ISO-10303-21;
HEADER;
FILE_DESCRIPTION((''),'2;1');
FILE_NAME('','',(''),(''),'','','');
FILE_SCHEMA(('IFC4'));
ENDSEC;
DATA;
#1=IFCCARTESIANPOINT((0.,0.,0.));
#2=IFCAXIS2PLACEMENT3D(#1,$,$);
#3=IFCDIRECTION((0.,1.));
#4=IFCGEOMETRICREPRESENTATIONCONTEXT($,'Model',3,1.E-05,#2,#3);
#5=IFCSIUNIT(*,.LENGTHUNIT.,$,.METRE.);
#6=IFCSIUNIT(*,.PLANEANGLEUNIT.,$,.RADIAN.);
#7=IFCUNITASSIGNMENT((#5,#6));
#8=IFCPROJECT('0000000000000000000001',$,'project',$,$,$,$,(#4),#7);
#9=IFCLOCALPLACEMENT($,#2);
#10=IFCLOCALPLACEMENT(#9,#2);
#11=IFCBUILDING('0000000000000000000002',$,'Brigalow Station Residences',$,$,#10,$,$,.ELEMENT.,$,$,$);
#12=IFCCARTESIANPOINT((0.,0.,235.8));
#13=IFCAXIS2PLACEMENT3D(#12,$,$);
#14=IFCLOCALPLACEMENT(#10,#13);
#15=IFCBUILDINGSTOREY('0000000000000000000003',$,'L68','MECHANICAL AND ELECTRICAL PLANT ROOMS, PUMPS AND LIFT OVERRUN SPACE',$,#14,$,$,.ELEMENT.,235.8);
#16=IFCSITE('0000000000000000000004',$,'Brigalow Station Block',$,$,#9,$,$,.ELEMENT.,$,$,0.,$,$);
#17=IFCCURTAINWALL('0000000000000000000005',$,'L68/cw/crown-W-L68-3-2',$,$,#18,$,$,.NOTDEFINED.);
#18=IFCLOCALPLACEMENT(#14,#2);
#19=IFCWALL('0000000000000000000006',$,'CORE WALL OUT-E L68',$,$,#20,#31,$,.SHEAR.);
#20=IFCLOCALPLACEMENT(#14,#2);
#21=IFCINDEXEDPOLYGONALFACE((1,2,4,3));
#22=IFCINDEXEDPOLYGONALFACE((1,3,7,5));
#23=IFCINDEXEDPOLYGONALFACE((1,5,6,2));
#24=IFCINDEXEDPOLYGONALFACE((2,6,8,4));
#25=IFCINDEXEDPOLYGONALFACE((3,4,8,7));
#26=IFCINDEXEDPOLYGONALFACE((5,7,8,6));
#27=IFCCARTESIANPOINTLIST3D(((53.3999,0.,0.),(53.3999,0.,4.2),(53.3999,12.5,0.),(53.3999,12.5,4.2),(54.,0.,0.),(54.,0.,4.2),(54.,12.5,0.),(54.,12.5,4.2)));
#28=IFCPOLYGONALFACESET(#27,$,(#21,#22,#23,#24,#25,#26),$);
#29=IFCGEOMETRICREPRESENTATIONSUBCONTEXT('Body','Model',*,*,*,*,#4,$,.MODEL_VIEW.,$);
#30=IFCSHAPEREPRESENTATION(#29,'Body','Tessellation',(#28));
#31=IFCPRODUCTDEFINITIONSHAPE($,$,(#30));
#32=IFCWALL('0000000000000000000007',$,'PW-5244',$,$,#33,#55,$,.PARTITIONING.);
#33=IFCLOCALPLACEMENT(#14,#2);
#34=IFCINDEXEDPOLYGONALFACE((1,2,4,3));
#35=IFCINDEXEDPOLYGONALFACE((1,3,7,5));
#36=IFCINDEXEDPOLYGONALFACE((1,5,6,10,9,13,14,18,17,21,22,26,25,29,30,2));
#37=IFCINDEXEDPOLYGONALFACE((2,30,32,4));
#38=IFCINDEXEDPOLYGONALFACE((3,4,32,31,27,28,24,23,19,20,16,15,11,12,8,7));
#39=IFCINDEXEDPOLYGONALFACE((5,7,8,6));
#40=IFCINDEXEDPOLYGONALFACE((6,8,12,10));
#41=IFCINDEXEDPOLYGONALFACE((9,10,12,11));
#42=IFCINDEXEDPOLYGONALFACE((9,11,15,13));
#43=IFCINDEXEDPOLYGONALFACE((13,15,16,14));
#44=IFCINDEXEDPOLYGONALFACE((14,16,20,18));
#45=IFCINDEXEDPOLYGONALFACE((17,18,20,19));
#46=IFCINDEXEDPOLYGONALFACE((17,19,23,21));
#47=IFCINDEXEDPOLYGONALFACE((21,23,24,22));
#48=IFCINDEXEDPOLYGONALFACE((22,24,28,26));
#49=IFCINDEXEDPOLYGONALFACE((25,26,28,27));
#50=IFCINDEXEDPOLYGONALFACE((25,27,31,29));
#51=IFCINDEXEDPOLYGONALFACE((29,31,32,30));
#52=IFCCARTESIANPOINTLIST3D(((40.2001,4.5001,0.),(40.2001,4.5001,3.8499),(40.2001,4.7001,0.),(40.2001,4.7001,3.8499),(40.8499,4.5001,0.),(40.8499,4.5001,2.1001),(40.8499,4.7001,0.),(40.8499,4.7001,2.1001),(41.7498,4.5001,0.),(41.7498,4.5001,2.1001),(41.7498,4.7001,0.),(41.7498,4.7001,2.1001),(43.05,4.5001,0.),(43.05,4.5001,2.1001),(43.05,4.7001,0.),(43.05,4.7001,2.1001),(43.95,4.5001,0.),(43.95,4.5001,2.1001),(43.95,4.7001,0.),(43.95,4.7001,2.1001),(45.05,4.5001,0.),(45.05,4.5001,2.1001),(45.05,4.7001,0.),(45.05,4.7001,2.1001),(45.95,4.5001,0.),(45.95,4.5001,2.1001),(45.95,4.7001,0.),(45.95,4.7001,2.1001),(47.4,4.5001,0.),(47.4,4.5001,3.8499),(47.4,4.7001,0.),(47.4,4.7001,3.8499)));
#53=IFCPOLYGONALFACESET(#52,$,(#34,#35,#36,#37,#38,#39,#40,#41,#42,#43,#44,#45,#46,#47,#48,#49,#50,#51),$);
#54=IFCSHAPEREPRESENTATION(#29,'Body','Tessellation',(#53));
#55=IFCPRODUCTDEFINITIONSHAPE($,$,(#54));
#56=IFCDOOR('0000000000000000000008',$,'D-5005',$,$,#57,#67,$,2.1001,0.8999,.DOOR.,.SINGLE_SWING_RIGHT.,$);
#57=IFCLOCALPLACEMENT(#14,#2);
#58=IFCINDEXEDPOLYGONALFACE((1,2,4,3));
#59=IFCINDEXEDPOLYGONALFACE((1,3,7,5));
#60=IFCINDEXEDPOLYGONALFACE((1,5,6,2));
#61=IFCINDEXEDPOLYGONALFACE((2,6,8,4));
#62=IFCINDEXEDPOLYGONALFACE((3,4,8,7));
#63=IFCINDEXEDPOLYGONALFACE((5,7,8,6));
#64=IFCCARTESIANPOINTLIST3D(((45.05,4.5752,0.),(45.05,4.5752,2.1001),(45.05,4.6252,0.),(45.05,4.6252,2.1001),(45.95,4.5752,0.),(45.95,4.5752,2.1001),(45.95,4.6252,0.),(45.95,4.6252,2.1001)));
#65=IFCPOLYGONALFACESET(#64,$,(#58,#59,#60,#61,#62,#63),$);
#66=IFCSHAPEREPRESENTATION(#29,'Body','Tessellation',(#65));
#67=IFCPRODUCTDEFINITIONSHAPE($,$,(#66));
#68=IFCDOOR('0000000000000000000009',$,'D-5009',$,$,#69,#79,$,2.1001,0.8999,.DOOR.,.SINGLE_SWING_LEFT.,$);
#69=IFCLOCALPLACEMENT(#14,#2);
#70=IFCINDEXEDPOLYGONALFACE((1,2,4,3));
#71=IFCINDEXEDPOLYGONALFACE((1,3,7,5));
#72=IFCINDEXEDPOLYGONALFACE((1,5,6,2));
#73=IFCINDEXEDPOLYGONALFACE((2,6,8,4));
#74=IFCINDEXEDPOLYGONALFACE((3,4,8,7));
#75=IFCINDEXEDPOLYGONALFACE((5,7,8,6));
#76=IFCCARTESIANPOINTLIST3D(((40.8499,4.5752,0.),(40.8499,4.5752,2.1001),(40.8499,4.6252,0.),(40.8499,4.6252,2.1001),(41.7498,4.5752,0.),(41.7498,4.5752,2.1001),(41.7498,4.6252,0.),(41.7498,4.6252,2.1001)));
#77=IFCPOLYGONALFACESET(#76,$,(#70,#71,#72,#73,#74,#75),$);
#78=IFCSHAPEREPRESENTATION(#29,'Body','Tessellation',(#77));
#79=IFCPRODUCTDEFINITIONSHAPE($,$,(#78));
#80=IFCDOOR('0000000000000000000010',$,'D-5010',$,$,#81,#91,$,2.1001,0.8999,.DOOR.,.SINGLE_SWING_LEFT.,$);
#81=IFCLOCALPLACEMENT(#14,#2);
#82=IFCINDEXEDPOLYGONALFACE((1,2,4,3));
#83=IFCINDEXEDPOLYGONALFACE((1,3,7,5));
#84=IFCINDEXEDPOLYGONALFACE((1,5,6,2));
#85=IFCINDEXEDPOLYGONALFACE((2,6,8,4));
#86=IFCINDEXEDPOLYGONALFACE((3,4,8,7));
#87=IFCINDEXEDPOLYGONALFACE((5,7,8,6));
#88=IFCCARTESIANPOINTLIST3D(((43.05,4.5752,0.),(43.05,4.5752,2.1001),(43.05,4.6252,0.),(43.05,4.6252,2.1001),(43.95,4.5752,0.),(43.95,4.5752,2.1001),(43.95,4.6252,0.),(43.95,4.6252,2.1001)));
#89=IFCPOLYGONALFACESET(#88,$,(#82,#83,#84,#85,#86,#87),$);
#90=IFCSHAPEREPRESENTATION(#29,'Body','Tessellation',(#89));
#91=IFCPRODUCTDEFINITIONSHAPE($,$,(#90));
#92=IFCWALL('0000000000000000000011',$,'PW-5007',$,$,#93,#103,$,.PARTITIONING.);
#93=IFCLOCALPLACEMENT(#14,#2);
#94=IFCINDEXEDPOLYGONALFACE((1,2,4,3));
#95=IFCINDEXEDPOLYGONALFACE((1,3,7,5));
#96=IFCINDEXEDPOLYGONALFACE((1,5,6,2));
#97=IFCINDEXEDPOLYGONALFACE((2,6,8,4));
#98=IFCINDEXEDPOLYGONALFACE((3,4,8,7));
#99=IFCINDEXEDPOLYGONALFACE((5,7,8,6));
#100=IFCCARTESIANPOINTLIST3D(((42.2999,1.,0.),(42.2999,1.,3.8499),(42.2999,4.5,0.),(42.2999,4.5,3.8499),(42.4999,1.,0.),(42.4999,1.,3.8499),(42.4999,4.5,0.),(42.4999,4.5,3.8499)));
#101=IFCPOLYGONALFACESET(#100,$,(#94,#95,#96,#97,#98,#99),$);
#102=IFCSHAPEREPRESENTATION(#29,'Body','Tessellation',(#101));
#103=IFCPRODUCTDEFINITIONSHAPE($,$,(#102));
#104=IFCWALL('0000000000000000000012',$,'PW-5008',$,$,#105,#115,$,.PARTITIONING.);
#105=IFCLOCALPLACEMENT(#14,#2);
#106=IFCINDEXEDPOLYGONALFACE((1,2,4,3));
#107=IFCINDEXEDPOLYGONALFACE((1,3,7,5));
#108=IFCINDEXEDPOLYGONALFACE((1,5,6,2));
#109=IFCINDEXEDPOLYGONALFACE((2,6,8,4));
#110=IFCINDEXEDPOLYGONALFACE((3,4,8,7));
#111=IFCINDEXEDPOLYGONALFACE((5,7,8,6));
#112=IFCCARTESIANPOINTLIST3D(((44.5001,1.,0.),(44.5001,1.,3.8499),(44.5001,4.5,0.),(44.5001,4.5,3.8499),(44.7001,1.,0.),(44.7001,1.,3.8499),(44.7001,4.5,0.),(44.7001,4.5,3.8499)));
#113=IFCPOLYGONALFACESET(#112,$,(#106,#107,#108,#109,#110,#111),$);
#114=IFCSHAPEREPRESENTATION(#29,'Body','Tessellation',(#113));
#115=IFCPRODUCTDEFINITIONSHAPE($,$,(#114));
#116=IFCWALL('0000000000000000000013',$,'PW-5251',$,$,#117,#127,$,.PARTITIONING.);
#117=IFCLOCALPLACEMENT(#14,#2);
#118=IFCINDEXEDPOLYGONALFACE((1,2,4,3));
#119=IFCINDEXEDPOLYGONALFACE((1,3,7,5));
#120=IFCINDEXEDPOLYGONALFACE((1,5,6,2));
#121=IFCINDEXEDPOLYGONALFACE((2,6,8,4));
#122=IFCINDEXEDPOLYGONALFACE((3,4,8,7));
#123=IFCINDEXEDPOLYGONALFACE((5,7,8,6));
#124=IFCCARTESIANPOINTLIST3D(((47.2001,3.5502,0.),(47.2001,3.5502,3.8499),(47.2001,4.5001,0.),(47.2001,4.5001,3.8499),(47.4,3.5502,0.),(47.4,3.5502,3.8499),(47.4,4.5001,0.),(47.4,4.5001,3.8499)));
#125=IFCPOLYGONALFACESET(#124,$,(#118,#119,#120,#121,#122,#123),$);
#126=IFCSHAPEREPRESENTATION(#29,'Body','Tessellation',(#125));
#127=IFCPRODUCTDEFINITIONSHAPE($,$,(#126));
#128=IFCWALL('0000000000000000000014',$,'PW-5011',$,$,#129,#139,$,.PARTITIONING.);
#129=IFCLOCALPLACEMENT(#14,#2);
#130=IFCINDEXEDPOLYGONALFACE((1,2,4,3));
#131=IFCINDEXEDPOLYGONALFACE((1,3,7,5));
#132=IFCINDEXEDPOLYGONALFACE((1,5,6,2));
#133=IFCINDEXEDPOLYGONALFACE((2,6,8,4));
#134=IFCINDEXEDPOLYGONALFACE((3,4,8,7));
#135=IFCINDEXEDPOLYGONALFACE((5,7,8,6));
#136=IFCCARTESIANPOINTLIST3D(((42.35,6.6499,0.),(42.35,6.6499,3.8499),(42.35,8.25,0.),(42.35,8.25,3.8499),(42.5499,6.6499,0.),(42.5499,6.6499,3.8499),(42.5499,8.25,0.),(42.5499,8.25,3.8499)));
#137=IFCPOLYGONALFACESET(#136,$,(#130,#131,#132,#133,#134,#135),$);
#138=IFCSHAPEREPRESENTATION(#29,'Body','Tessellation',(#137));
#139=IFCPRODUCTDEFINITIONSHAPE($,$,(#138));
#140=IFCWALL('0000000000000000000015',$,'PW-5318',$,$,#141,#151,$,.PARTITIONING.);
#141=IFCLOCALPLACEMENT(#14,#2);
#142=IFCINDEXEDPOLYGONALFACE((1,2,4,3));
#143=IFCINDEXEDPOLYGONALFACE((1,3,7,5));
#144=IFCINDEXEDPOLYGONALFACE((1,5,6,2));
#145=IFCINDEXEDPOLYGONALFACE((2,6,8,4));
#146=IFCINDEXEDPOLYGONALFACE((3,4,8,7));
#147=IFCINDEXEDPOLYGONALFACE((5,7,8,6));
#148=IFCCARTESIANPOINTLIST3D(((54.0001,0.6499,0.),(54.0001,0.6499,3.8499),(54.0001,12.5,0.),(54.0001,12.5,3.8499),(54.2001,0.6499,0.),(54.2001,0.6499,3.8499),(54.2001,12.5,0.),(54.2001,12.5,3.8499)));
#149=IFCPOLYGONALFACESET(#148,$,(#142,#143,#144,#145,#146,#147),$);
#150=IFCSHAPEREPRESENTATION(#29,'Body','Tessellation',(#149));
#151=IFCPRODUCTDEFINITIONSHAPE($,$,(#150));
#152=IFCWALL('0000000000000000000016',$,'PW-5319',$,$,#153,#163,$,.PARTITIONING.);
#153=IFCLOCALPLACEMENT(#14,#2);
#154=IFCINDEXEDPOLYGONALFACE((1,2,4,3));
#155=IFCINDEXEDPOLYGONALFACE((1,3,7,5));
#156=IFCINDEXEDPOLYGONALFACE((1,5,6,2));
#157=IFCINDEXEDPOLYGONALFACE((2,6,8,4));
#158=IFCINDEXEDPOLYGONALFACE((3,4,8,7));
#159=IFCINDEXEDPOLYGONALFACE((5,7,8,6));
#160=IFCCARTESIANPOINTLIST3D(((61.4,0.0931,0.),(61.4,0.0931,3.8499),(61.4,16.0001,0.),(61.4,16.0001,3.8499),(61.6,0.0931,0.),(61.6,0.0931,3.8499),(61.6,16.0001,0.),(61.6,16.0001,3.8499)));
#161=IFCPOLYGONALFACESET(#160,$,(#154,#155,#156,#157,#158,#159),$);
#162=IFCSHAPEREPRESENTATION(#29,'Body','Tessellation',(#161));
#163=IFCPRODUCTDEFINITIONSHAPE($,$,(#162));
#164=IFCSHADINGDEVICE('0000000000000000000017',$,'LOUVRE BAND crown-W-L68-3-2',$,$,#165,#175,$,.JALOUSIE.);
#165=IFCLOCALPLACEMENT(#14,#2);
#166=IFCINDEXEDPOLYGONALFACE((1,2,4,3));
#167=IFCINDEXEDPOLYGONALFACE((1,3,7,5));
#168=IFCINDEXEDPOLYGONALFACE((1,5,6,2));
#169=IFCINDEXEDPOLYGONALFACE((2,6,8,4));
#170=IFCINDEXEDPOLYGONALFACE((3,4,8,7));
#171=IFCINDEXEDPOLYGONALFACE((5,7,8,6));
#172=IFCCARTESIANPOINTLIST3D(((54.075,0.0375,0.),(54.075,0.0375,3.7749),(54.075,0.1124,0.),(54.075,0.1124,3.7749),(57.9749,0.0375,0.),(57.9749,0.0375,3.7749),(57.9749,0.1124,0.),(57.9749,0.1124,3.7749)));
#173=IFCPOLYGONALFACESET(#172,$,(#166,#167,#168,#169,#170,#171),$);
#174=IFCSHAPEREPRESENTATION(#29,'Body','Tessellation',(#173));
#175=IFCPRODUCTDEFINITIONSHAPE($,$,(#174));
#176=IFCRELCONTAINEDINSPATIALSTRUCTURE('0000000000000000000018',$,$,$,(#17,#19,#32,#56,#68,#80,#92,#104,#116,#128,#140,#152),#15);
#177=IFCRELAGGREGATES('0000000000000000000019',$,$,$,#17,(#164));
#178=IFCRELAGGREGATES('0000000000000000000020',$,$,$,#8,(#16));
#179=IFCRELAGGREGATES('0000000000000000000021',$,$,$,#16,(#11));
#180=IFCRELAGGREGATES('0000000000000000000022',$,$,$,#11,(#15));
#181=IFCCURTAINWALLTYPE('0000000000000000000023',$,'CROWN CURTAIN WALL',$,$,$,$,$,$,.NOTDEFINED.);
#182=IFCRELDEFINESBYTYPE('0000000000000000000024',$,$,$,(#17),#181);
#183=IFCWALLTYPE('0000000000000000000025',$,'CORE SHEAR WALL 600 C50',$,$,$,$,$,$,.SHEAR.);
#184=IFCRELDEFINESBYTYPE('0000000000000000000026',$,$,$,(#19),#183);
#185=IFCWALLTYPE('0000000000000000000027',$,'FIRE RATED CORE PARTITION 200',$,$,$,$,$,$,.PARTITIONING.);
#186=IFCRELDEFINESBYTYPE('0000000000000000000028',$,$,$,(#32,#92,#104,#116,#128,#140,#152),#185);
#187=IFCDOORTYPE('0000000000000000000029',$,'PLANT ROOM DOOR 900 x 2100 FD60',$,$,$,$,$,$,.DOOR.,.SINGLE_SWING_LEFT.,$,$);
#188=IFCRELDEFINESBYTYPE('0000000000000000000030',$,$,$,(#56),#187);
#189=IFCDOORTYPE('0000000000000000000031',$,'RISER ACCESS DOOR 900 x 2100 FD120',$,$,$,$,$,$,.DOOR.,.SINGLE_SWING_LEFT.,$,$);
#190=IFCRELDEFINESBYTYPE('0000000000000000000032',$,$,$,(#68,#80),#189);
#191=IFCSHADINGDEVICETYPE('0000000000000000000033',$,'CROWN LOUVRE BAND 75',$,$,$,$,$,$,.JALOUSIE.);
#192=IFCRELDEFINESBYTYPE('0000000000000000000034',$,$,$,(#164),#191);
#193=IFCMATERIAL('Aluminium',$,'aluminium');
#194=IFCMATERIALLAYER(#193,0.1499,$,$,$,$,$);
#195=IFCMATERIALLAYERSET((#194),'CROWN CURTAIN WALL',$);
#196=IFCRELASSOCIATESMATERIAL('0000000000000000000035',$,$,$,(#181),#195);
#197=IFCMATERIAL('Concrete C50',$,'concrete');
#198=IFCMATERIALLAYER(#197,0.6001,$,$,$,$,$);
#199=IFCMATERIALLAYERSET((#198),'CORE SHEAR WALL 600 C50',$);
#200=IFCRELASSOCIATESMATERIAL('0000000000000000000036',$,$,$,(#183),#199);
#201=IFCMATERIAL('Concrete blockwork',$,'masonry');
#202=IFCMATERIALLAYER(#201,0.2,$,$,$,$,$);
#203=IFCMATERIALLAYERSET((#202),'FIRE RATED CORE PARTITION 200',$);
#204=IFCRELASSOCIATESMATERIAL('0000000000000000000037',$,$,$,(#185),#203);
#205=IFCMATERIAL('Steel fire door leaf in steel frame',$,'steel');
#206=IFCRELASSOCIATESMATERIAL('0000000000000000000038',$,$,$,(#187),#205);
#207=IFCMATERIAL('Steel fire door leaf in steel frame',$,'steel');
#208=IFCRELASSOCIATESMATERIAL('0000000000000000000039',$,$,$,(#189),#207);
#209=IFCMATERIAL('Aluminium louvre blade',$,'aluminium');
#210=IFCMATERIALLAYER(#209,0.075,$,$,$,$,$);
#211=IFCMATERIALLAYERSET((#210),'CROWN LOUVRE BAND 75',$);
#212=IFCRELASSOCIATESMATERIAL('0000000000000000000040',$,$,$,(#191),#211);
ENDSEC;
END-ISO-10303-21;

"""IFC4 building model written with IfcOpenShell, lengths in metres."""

from ifc_helpers import new_model, si_unit, direction, frame, frame_2d, origin, origin_2d, place, context, subcontext, project, spatial, rectangle, extrude, material, layer, layer_set, type_object, element, fill, aggregate, save


model = new_model("IFC4")

# Units and contexts
model_context = context("Model", 3, precision=1e-05, world=origin(), true_north=direction((0.0, 1.0)))
body_context = subcontext(model_context, "Body", "Model", "MODEL_VIEW")
ifc_project = project(units=[si_unit("LENGTHUNIT", "METRE"), si_unit("PLANEANGLEUNIT", "RADIAN")], contexts=[model_context])

# Site, building, storey
site_placement = place(None, origin())
site = spatial("IfcSite", under=ifc_project, at=site_placement, Name="Brigalow Station Block", CompositionType="ELEMENT", RefElevation=0.0)
building_placement = place(site_placement, origin())
building = spatial("IfcBuilding", under=site, at=building_placement, Name="Brigalow Station Residences", CompositionType="ELEMENT")
storey_placement = place(building_placement, frame((0.0, 0.0, 235.8)))
storey = spatial("IfcBuildingStorey", under=building, at=storey_placement, Name="L68", Description="MECHANICAL AND ELECTRICAL PLANT ROOMS, PUMPS AND LIFT OVERRUN SPACE", CompositionType="ELEMENT", Elevation=235.8)

# Curtain wall
ifc_material_1 = material(Name="Aluminium", Category="aluminium")
ifc_layer_1 = layer(ifc_material_1, 0.1499)
ifc_layer_set_1 = layer_set([ifc_layer_1], Name="CROWN CURTAIN WALL")
curtain_wall_type = type_object("IfcCurtainWallType", Name="CROWN CURTAIN WALL", PredefinedType="NOTDEFINED", material=ifc_layer_set_1)
curtain_wall_1_placement = place(storey_placement, origin())
curtain_wall_1 = element("IfcCurtainWall", 1, at=curtain_wall_1_placement, inside=storey, type_object=curtain_wall_type, Name="L68/cw/crown-W-L68-3-2", PredefinedType="NOTDEFINED")

# Wall
ifc_material_2 = material(Name="Concrete C50", Category="concrete")
ifc_layer_2 = layer(ifc_material_2, 0.6001)
ifc_layer_set_2 = layer_set([ifc_layer_2], Name="CORE SHEAR WALL 600 C50")
wall_type_1 = type_object("IfcWallType", Name="CORE SHEAR WALL 600 C50", PredefinedType="SHEAR", material=ifc_layer_set_2)
wall_1_placement = place(storey_placement, frame((53.7, 0.0, 0.0), z_axis=(0.0, 0.0, 1.0), x_axis=(0.0, 1.0, 0.0)))
element("IfcWall", 2, at=wall_1_placement, inside=storey, type_object=wall_type_1, Name="CORE WALL OUT-E L68", PredefinedType="SHEAR", context=body_context, shape_type="SweptSolid", body=[
    extrude(rectangle(XDim=12.5, YDim=0.6001, at=frame_2d((6.25, 0.0))), origin(), (0.0, 0.0, 1.0), 4.2),
])

# Wall, openings, doors
ifc_material_3 = material(Name="Concrete blockwork", Category="masonry")
ifc_layer_3 = layer(ifc_material_3, 0.2)
ifc_layer_set_3 = layer_set([ifc_layer_3], Name="FIRE RATED CORE PARTITION 200")
wall_type_2 = type_object("IfcWallType", Name="FIRE RATED CORE PARTITION 200", PredefinedType="PARTITIONING", material=ifc_layer_set_3)
wall_2_placement = place(storey_placement, frame((40.2, 4.6001, 0.0), z_axis=(0.0, 0.0, 1.0), x_axis=(1.0, 0.0, 0.0)))
wall_2 = element("IfcWall", 3, at=wall_2_placement, inside=storey, type_object=wall_type_2, Name="PW-5244", PredefinedType="PARTITIONING", context=body_context, shape_type="SweptSolid", body=[
    extrude(rectangle(XDim=7.2, YDim=0.2, at=frame_2d((3.6001, 0.0))), origin(), (0.0, 0.0, 1.0), 3.8499),
])
opening_1_placement = place(wall_2_placement, frame((4.8501, 0.0, 0.0)))
opening_1 = element("IfcOpeningElement", 4, at=opening_1_placement, cuts=wall_2, PredefinedType="OPENING", context=body_context, shape_type="SweptSolid", body=[
    extrude(rectangle(XDim=0.8999, YDim=2.1001, at=frame_2d((0.45, 1.05))), frame((0.0, 0.1099, 0.0), z_axis=(0.0, -1.0, 0.0), x_axis=(1.0, 0.0, 0.0)), (0.0, 0.0, 1.0), 0.22),
])
opening_2_placement = place(wall_2_placement, frame((0.6499, 0.0, 0.0)))
opening_2 = element("IfcOpeningElement", 5, at=opening_2_placement, cuts=wall_2, PredefinedType="OPENING", context=body_context, shape_type="SweptSolid", body=[
    extrude(rectangle(XDim=0.8999, YDim=2.1001, at=frame_2d((0.45, 1.05))), frame((0.0, 0.1099, 0.0), z_axis=(0.0, -1.0, 0.0), x_axis=(1.0, 0.0, 0.0)), (0.0, 0.0, 1.0), 0.22),
])
opening_3_placement = place(wall_2_placement, frame((2.8501, 0.0, 0.0)))
opening_3 = element("IfcOpeningElement", 6, at=opening_3_placement, cuts=wall_2, PredefinedType="OPENING", context=body_context, shape_type="SweptSolid", body=[
    extrude(rectangle(XDim=0.8999, YDim=2.1001, at=frame_2d((0.45, 1.05))), frame((0.0, 0.1099, 0.0), z_axis=(0.0, -1.0, 0.0), x_axis=(1.0, 0.0, 0.0)), (0.0, 0.0, 1.0), 0.22),
])
ifc_material_4 = material(Name="Steel fire door leaf in steel frame", Category="steel")
door_type_1 = type_object("IfcDoorType", Name="PLANT ROOM DOOR 900 x 2100 FD60", OperationType="SINGLE_SWING_LEFT", PredefinedType="DOOR", material=ifc_material_4)
door_1_placement = place(opening_1_placement, frame((0.8999, 0.0, 0.0), z_axis=(0.0, 0.0, 1.0), x_axis=(-1.0, 0.0, 0.0)))
door_1 = element("IfcDoor", 7, at=door_1_placement, inside=storey, type_object=door_type_1, Name="D-5005", OperationType="SINGLE_SWING_RIGHT", OverallHeight=2.1001, OverallWidth=0.8999, PredefinedType="DOOR", context=body_context, shape_type="SweptSolid", body=[
    extrude(rectangle(XDim=0.8999, YDim=2.1001, at=frame_2d((0.45, 1.05))), frame((0.0, 0.0249, 0.0), z_axis=(0.0, -1.0, 0.0), x_axis=(1.0, 0.0, 0.0)), (0.0, 0.0, 1.0), 0.05),
])
fill(opening_1, door_1)
ifc_material_5 = material(Name="Steel fire door leaf in steel frame", Category="steel")
door_type_2 = type_object("IfcDoorType", Name="RISER ACCESS DOOR 900 x 2100 FD120", OperationType="SINGLE_SWING_LEFT", PredefinedType="DOOR", material=ifc_material_5)
door_2_placement = place(opening_2_placement, frame((0.8999, 0.0, 0.0), z_axis=(0.0, 0.0, 1.0), x_axis=(-1.0, 0.0, 0.0)))
door_2 = element("IfcDoor", 8, at=door_2_placement, inside=storey, type_object=door_type_2, Name="D-5009", OperationType="SINGLE_SWING_LEFT", OverallHeight=2.1001, OverallWidth=0.8999, PredefinedType="DOOR", context=body_context, shape_type="SweptSolid", body=[
    extrude(rectangle(XDim=0.8999, YDim=2.1001, at=frame_2d((0.45, 1.05))), frame((0.0, 0.0249, 0.0), z_axis=(0.0, -1.0, 0.0), x_axis=(1.0, 0.0, 0.0)), (0.0, 0.0, 1.0), 0.05),
])
fill(opening_2, door_2)
door_3_placement = place(opening_3_placement, frame((0.8999, 0.0, 0.0), z_axis=(0.0, 0.0, 1.0), x_axis=(-1.0, 0.0, 0.0)))
door_3 = element("IfcDoor", 9, at=door_3_placement, inside=storey, type_object=door_type_2, Name="D-5010", OperationType="SINGLE_SWING_LEFT", OverallHeight=2.1001, OverallWidth=0.8999, PredefinedType="DOOR", context=body_context, shape_type="SweptSolid", body=[
    extrude(rectangle(XDim=0.8999, YDim=2.1001, at=frame_2d((0.45, 1.05))), frame((0.0, 0.0249, 0.0), z_axis=(0.0, -1.0, 0.0), x_axis=(1.0, 0.0, 0.0)), (0.0, 0.0, 1.0), 0.05),
])
fill(opening_3, door_3)

# Walls
for number, where, z_axis, x_axis, name in (
    (10, (42.3999, 1.0, 0.0), (0.0, 0.0, 1.0), (0.0, 1.0, 0.0), "PW-5007"),
    (11, (44.6001, 1.0, 0.0), (0.0, 0.0, 1.0), (0.0, 1.0, 0.0), "PW-5008"),
):
    element("IfcWall", number, at=place(storey_placement, frame(where, z_axis=z_axis, x_axis=x_axis)), inside=storey, type_object=wall_type_2, Name=name, PredefinedType="PARTITIONING", context=body_context, shape_type="SweptSolid", body=[
        extrude(rectangle(XDim=3.5, YDim=0.2, at=frame_2d((1.75, 0.0))), origin(), (0.0, 0.0, 1.0), 3.8499),
    ])
wall_3_placement = place(storey_placement, frame((47.3, 3.55, 0.0), z_axis=(0.0, 0.0, 1.0), x_axis=(0.0, 1.0, 0.0)))
element("IfcWall", 12, at=wall_3_placement, inside=storey, type_object=wall_type_2, Name="PW-5251", PredefinedType="PARTITIONING", context=body_context, shape_type="SweptSolid", body=[
    extrude(rectangle(XDim=0.95, YDim=0.2, at=frame_2d((0.4751, 0.0))), origin(), (0.0, 0.0, 1.0), 3.8499),
])
wall_4_placement = place(storey_placement, frame((42.45, 6.6499, 0.0), z_axis=(0.0, 0.0, 1.0), x_axis=(0.0, 1.0, 0.0)))
element("IfcWall", 13, at=wall_4_placement, inside=storey, type_object=wall_type_2, Name="PW-5011", PredefinedType="PARTITIONING", context=body_context, shape_type="SweptSolid", body=[
    extrude(rectangle(XDim=1.6001, YDim=0.2, at=frame_2d((0.8, 0.0))), origin(), (0.0, 0.0, 1.0), 3.8499),
])
wall_5_placement = place(storey_placement, frame((54.1001, 0.6499, 0.0), z_axis=(0.0, 0.0, 1.0), x_axis=(0.0, 1.0, 0.0)))
element("IfcWall", 14, at=wall_5_placement, inside=storey, type_object=wall_type_2, Name="PW-5318", PredefinedType="PARTITIONING", context=body_context, shape_type="SweptSolid", body=[
    extrude(rectangle(XDim=11.8501, YDim=0.2, at=frame_2d((5.925, 0.0))), origin(), (0.0, 0.0, 1.0), 3.8499),
])
wall_6_placement = place(storey_placement, frame((61.5, 0.093, 0.0), z_axis=(0.0, 0.0, 1.0), x_axis=(0.0, 1.0, 0.0)))
element("IfcWall", 15, at=wall_6_placement, inside=storey, type_object=wall_type_2, Name="PW-5319", PredefinedType="PARTITIONING", context=body_context, shape_type="SweptSolid", body=[
    extrude(rectangle(XDim=15.907, YDim=0.2, at=frame_2d((7.9536, 0.0))), origin(), (0.0, 0.0, 1.0), 3.8499),
])

# Shading device
ifc_material_6 = material(Name="Aluminium louvre blade", Category="aluminium")
ifc_layer_4 = layer(ifc_material_6, 0.075)
ifc_layer_set_4 = layer_set([ifc_layer_4], Name="CROWN LOUVRE BAND 75")
shading_device_type = type_object("IfcShadingDeviceType", Name="CROWN LOUVRE BAND 75", PredefinedType="JALOUSIE", material=ifc_layer_set_4)
shading_device_1_placement = place(storey_placement, frame((56.0249, 0.075, 0.0), z_axis=(0.0, 0.0, 1.0), x_axis=(1.0, 0.0, 0.0)))
shading_device_1 = element("IfcShadingDevice", 16, at=shading_device_1_placement, type_object=shading_device_type, Name="LOUVRE BAND crown-W-L68-3-2", PredefinedType="JALOUSIE", context=body_context, shape_type="SweptSolid", body=[
    extrude(rectangle(XDim=3.8999, YDim=0.075, at=origin_2d()), origin(), (0.0, 0.0, 1.0), 3.7749),
])
aggregate(curtain_wall_1, [shading_device_1])

save(model, "model.ifc")
